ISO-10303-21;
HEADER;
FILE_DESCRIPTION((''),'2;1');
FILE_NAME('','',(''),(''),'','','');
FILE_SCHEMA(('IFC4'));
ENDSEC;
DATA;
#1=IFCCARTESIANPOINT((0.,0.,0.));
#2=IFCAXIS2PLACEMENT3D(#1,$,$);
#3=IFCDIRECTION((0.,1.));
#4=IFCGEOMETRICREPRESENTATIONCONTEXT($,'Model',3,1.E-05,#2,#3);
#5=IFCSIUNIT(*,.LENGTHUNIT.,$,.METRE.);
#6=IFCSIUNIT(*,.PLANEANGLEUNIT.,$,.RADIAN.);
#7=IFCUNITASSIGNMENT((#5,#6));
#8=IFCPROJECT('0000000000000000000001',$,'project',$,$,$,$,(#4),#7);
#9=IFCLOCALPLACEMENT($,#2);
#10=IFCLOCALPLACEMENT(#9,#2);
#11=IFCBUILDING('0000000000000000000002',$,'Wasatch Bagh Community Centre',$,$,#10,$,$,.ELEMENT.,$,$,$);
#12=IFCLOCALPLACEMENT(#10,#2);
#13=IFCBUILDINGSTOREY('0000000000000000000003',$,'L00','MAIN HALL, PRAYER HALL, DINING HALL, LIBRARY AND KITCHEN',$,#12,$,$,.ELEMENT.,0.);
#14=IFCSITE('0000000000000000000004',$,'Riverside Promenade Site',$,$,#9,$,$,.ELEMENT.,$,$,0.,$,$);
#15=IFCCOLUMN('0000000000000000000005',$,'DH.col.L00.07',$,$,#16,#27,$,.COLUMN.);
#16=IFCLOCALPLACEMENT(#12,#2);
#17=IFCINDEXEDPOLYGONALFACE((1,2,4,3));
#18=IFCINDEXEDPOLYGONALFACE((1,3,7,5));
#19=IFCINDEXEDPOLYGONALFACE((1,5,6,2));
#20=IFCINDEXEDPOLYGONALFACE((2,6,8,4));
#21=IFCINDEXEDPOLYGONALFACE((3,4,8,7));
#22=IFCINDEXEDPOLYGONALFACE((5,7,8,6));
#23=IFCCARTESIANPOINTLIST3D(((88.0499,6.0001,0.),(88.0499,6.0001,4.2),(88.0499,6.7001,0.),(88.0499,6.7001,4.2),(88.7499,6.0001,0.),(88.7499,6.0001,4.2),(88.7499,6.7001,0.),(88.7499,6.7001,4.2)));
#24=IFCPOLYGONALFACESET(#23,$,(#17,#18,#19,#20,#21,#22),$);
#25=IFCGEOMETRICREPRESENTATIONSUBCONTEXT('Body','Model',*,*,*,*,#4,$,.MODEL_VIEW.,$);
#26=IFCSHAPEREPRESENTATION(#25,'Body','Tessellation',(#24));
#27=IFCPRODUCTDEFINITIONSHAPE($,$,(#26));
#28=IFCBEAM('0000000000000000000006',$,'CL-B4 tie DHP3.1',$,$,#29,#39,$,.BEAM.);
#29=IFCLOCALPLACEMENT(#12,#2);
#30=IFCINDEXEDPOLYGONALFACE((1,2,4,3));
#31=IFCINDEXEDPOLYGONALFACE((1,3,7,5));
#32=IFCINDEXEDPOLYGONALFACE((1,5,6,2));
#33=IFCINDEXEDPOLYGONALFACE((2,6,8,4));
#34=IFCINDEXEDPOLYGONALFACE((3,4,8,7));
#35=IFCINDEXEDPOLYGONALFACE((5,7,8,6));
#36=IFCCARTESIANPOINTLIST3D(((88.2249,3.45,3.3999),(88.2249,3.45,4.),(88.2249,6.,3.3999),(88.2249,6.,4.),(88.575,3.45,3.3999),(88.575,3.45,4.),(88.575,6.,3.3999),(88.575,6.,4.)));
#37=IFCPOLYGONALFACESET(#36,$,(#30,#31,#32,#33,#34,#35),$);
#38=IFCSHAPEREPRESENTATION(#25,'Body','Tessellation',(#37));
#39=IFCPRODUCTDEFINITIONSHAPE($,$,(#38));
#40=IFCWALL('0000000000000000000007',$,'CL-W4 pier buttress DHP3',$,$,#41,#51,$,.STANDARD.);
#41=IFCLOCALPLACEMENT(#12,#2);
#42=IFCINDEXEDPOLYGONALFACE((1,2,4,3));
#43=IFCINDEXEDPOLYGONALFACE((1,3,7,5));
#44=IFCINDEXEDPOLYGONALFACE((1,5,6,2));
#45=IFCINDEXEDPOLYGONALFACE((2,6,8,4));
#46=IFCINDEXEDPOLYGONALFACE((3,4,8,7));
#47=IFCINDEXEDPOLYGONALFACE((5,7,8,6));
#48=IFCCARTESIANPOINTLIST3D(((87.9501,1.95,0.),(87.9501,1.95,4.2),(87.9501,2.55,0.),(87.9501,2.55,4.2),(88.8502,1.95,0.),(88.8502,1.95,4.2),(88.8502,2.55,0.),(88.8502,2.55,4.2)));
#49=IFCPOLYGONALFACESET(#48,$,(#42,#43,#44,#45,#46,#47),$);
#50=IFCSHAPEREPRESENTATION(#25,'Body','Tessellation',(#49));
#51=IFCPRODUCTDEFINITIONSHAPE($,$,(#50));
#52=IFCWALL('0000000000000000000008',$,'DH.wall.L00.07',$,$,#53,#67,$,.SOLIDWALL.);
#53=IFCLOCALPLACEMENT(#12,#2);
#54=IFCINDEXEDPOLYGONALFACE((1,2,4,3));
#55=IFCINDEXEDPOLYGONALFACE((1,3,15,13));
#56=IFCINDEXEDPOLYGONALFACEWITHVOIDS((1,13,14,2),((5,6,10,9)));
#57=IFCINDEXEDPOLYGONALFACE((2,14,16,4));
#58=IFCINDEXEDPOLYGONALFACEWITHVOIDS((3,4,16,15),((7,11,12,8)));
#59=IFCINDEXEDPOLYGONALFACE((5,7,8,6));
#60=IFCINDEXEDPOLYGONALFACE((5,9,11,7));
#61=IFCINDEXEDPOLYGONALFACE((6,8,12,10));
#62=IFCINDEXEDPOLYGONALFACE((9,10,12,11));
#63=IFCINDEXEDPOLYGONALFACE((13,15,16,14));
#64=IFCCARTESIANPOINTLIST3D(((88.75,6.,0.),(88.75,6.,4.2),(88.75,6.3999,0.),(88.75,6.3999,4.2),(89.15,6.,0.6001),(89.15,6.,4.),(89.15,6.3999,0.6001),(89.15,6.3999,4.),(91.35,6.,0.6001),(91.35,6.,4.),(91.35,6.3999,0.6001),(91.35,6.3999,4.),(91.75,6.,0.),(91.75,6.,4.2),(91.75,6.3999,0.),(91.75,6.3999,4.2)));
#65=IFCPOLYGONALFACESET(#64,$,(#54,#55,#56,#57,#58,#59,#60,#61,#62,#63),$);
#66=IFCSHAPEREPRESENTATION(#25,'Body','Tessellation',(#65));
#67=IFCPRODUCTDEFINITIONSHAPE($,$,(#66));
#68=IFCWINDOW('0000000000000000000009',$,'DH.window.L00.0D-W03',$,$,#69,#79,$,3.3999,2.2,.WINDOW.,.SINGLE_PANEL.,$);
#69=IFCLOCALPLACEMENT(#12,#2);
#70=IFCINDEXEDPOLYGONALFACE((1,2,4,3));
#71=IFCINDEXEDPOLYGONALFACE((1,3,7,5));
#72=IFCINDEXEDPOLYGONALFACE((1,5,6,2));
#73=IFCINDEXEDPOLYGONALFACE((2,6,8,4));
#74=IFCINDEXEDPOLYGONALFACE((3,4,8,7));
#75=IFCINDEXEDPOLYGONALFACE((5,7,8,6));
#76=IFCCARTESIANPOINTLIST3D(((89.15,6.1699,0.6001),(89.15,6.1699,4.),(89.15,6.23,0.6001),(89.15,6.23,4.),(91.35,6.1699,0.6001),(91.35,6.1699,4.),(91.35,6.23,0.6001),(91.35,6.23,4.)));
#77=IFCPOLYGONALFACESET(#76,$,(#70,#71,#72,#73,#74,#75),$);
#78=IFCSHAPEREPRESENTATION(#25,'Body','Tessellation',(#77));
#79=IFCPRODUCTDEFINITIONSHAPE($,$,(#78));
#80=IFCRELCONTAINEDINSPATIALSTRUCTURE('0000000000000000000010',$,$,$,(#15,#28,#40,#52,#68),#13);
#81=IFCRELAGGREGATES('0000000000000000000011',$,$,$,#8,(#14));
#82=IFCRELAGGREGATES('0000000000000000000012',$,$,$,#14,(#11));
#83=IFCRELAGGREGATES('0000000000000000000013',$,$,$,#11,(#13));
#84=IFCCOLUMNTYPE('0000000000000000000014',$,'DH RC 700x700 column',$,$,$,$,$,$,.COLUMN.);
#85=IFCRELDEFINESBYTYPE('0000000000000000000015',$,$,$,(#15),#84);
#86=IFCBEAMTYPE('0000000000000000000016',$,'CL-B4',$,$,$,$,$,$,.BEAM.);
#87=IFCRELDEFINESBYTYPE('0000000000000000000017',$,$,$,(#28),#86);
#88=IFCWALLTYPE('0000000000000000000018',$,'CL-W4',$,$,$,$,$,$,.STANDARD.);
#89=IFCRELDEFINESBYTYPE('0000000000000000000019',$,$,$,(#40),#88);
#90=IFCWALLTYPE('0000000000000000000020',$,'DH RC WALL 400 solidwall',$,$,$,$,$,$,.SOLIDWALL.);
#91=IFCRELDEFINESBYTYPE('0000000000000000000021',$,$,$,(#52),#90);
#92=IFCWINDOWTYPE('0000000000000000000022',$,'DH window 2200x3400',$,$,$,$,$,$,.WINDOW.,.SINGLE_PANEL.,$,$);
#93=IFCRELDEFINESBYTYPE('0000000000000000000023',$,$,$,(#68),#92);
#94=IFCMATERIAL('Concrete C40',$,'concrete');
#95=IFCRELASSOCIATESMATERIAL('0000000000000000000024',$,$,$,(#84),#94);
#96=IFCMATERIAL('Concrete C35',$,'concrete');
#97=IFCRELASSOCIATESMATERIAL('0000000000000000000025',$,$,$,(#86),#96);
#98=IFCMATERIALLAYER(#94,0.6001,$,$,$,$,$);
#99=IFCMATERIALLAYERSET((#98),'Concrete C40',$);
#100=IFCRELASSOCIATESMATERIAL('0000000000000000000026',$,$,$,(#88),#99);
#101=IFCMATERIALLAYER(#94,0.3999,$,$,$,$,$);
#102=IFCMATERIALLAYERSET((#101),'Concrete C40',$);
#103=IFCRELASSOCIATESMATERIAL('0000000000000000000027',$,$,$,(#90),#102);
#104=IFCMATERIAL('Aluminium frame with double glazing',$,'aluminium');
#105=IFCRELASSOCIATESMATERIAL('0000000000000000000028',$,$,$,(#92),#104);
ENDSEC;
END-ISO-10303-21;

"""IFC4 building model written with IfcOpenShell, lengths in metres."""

from ifc_helpers import new_model, si_unit, direction, frame, frame_2d, origin, origin_2d, place, context, subcontext, project, spatial, rectangle, extrude, material, layer, layer_set, material_profile, profile_set, type_object, element, fill, save


model = new_model("IFC4")

# Units and contexts
model_context = context("Model", 3, precision=1e-05, world=origin(), true_north=direction((0.0, 1.0)))
body_context = subcontext(model_context, "Body", "Model", "MODEL_VIEW")
ifc_project = project(units=[si_unit("LENGTHUNIT", "METRE"), si_unit("PLANEANGLEUNIT", "RADIAN")], contexts=[model_context])

# Site, building, storey
site_placement = place(None, origin())
site = spatial("IfcSite", under=ifc_project, at=site_placement, Name="Riverside Promenade Site", CompositionType="ELEMENT", RefElevation=0.0)
building_placement = place(site_placement, origin())
building = spatial("IfcBuilding", under=site, at=building_placement, Name="Wasatch Bagh Community Centre", CompositionType="ELEMENT")
storey_placement = place(building_placement, origin())
storey = spatial("IfcBuildingStorey", under=building, at=storey_placement, Name="L00", Description="MAIN HALL, PRAYER HALL, DINING HALL, LIBRARY AND KITCHEN", CompositionType="ELEMENT", Elevation=0.0)

# Shared definitions
ifc_material_1 = material(Name="Concrete C35", Category="concrete")

# Column
ifc_material_2 = material(Name="Concrete C40", Category="concrete")
ifc_material_profile_1 = material_profile(ifc_material_2, rectangle(XDim=0.7, YDim=0.7, at=origin_2d()), Name="RC 700x700")
ifc_profile_set_1 = profile_set([ifc_material_profile_1], Name="Concrete C40")
column_type_1 = type_object("IfcColumnType", Name="DH RC 700x700 column", PredefinedType="COLUMN", material=ifc_profile_set_1)
for number, where, z_axis, x_axis, name in (
    (1, (88.3999, 6.3501, 0.0), (0.0, 0.0, 1.0), (1.0, 0.0, 0.0), "DH.col.L00.07"),
):
    element("IfcColumn", number, at=place(storey_placement, frame(where, z_axis=z_axis, x_axis=x_axis)), inside=storey, type_object=column_type_1, Name=name, PredefinedType="COLUMN", context=body_context, shape_type="SweptSolid", body=[
        extrude(rectangle(XDim=0.7, YDim=0.7, at=origin_2d()), origin(), (0.0, 0.0, 1.0), 4.2),
    ])

# Beam
ifc_material_profile_2 = material_profile(ifc_material_1, rectangle(XDim=0.3501, YDim=0.6001, at=origin_2d()), Name="RC 350x600")
ifc_profile_set_2 = profile_set([ifc_material_profile_2], Name="Concrete C35")
beam_type = type_object("IfcBeamType", Name="CL-B4", PredefinedType="BEAM", material=ifc_profile_set_2)
beam_placement = place(storey_placement, frame((88.3999, 6.0, 3.7), z_axis=(0.0, -1.0, 0.0), x_axis=(1.0, 0.0, 0.0)))
element("IfcBeam", 2, at=beam_placement, inside=storey, type_object=beam_type, Name="CL-B4 tie DHP3.1", PredefinedType="BEAM", context=body_context, shape_type="SweptSolid", body=[
    extrude(rectangle(XDim=0.3501, YDim=0.6001, at=origin_2d()), origin(), (0.0, 0.0, 1.0), 2.55),
])

# Wall
ifc_layer_1 = layer(ifc_material_2, 0.6001)
ifc_layer_set_1 = layer_set([ifc_layer_1], Name="Concrete C40")
wall_type_1 = type_object("IfcWallType", Name="CL-W4", PredefinedType="STANDARD", material=ifc_layer_set_1)
wall_1_placement = place(storey_placement, frame((87.95, 2.25, 0.0), z_axis=(0.0, 0.0, 1.0), x_axis=(1.0, 0.0, 0.0)))
element("IfcWall", 3, at=wall_1_placement, inside=storey, type_object=wall_type_1, Name="CL-W4 pier buttress DHP3", PredefinedType="STANDARD", context=body_context, shape_type="SweptSolid", body=[
    extrude(rectangle(XDim=0.9001, YDim=0.6001, at=frame_2d((0.4502, 0.0))), origin(), (0.0, 0.0, 1.0), 4.2),
])

# Shared definitions
ifc_layer_2 = layer(ifc_material_2, 0.3999)
ifc_layer_set_2 = layer_set([ifc_layer_2], Name="Concrete C40")
wall_type_2 = type_object("IfcWallType", Name="DH RC WALL 400 solidwall", PredefinedType="SOLIDWALL", material=ifc_layer_set_2)

# Wall, opening, window
wall_2_placement = place(storey_placement, frame((91.75, 6.2, 0.0), z_axis=(0.0, 0.0, 1.0), x_axis=(-1.0, 0.0, 0.0)))
wall_2 = element("IfcWall", 4, at=wall_2_placement, inside=storey, type_object=wall_type_2, Name="DH.wall.L00.07", PredefinedType="SOLIDWALL", context=body_context, shape_type="SweptSolid", body=[
    extrude(rectangle(XDim=3.0, YDim=0.3999, at=frame_2d((1.5, 0.0))), origin(), (0.0, 0.0, 1.0), 4.2),
])
opening_1_placement = place(wall_2_placement, frame((0.3999, 0.0, 0.6001)))
opening_1 = element("IfcOpeningElement", 5, at=opening_1_placement, cuts=wall_2, PredefinedType="OPENING", context=body_context, shape_type="SweptSolid", body=[
    extrude(rectangle(XDim=2.2, YDim=3.3999, at=frame_2d((1.1001, 1.7))), frame((0.0, 0.21, 0.0), z_axis=(0.0, -1.0, 0.0), x_axis=(1.0, 0.0, 0.0)), (0.0, 0.0, 1.0), 0.4199),
])
ifc_material_3 = material(Name="Aluminium frame with double glazing", Category="aluminium")
window_type = type_object("IfcWindowType", Name="DH window 2200x3400", PartitioningType="SINGLE_PANEL", PredefinedType="WINDOW", material=ifc_material_3)
window_placement = place(opening_1_placement, origin())
window = element("IfcWindow", 6, at=window_placement, inside=storey, type_object=window_type, Name="DH.window.L00.0D-W03", OverallHeight=3.3999, OverallWidth=2.2, PartitioningType="SINGLE_PANEL", PredefinedType="WINDOW", context=body_context, shape_type="SweptSolid", body=[
    extrude(rectangle(XDim=2.2, YDim=3.3999, at=frame_2d((1.1001, 1.7))), frame((0.0, 0.03, 0.0), z_axis=(0.0, -1.0, 0.0), x_axis=(1.0, 0.0, 0.0)), (0.0, 0.0, 1.0), 0.0601),
])
fill(opening_1, window)

save(model, "model.ifc")
